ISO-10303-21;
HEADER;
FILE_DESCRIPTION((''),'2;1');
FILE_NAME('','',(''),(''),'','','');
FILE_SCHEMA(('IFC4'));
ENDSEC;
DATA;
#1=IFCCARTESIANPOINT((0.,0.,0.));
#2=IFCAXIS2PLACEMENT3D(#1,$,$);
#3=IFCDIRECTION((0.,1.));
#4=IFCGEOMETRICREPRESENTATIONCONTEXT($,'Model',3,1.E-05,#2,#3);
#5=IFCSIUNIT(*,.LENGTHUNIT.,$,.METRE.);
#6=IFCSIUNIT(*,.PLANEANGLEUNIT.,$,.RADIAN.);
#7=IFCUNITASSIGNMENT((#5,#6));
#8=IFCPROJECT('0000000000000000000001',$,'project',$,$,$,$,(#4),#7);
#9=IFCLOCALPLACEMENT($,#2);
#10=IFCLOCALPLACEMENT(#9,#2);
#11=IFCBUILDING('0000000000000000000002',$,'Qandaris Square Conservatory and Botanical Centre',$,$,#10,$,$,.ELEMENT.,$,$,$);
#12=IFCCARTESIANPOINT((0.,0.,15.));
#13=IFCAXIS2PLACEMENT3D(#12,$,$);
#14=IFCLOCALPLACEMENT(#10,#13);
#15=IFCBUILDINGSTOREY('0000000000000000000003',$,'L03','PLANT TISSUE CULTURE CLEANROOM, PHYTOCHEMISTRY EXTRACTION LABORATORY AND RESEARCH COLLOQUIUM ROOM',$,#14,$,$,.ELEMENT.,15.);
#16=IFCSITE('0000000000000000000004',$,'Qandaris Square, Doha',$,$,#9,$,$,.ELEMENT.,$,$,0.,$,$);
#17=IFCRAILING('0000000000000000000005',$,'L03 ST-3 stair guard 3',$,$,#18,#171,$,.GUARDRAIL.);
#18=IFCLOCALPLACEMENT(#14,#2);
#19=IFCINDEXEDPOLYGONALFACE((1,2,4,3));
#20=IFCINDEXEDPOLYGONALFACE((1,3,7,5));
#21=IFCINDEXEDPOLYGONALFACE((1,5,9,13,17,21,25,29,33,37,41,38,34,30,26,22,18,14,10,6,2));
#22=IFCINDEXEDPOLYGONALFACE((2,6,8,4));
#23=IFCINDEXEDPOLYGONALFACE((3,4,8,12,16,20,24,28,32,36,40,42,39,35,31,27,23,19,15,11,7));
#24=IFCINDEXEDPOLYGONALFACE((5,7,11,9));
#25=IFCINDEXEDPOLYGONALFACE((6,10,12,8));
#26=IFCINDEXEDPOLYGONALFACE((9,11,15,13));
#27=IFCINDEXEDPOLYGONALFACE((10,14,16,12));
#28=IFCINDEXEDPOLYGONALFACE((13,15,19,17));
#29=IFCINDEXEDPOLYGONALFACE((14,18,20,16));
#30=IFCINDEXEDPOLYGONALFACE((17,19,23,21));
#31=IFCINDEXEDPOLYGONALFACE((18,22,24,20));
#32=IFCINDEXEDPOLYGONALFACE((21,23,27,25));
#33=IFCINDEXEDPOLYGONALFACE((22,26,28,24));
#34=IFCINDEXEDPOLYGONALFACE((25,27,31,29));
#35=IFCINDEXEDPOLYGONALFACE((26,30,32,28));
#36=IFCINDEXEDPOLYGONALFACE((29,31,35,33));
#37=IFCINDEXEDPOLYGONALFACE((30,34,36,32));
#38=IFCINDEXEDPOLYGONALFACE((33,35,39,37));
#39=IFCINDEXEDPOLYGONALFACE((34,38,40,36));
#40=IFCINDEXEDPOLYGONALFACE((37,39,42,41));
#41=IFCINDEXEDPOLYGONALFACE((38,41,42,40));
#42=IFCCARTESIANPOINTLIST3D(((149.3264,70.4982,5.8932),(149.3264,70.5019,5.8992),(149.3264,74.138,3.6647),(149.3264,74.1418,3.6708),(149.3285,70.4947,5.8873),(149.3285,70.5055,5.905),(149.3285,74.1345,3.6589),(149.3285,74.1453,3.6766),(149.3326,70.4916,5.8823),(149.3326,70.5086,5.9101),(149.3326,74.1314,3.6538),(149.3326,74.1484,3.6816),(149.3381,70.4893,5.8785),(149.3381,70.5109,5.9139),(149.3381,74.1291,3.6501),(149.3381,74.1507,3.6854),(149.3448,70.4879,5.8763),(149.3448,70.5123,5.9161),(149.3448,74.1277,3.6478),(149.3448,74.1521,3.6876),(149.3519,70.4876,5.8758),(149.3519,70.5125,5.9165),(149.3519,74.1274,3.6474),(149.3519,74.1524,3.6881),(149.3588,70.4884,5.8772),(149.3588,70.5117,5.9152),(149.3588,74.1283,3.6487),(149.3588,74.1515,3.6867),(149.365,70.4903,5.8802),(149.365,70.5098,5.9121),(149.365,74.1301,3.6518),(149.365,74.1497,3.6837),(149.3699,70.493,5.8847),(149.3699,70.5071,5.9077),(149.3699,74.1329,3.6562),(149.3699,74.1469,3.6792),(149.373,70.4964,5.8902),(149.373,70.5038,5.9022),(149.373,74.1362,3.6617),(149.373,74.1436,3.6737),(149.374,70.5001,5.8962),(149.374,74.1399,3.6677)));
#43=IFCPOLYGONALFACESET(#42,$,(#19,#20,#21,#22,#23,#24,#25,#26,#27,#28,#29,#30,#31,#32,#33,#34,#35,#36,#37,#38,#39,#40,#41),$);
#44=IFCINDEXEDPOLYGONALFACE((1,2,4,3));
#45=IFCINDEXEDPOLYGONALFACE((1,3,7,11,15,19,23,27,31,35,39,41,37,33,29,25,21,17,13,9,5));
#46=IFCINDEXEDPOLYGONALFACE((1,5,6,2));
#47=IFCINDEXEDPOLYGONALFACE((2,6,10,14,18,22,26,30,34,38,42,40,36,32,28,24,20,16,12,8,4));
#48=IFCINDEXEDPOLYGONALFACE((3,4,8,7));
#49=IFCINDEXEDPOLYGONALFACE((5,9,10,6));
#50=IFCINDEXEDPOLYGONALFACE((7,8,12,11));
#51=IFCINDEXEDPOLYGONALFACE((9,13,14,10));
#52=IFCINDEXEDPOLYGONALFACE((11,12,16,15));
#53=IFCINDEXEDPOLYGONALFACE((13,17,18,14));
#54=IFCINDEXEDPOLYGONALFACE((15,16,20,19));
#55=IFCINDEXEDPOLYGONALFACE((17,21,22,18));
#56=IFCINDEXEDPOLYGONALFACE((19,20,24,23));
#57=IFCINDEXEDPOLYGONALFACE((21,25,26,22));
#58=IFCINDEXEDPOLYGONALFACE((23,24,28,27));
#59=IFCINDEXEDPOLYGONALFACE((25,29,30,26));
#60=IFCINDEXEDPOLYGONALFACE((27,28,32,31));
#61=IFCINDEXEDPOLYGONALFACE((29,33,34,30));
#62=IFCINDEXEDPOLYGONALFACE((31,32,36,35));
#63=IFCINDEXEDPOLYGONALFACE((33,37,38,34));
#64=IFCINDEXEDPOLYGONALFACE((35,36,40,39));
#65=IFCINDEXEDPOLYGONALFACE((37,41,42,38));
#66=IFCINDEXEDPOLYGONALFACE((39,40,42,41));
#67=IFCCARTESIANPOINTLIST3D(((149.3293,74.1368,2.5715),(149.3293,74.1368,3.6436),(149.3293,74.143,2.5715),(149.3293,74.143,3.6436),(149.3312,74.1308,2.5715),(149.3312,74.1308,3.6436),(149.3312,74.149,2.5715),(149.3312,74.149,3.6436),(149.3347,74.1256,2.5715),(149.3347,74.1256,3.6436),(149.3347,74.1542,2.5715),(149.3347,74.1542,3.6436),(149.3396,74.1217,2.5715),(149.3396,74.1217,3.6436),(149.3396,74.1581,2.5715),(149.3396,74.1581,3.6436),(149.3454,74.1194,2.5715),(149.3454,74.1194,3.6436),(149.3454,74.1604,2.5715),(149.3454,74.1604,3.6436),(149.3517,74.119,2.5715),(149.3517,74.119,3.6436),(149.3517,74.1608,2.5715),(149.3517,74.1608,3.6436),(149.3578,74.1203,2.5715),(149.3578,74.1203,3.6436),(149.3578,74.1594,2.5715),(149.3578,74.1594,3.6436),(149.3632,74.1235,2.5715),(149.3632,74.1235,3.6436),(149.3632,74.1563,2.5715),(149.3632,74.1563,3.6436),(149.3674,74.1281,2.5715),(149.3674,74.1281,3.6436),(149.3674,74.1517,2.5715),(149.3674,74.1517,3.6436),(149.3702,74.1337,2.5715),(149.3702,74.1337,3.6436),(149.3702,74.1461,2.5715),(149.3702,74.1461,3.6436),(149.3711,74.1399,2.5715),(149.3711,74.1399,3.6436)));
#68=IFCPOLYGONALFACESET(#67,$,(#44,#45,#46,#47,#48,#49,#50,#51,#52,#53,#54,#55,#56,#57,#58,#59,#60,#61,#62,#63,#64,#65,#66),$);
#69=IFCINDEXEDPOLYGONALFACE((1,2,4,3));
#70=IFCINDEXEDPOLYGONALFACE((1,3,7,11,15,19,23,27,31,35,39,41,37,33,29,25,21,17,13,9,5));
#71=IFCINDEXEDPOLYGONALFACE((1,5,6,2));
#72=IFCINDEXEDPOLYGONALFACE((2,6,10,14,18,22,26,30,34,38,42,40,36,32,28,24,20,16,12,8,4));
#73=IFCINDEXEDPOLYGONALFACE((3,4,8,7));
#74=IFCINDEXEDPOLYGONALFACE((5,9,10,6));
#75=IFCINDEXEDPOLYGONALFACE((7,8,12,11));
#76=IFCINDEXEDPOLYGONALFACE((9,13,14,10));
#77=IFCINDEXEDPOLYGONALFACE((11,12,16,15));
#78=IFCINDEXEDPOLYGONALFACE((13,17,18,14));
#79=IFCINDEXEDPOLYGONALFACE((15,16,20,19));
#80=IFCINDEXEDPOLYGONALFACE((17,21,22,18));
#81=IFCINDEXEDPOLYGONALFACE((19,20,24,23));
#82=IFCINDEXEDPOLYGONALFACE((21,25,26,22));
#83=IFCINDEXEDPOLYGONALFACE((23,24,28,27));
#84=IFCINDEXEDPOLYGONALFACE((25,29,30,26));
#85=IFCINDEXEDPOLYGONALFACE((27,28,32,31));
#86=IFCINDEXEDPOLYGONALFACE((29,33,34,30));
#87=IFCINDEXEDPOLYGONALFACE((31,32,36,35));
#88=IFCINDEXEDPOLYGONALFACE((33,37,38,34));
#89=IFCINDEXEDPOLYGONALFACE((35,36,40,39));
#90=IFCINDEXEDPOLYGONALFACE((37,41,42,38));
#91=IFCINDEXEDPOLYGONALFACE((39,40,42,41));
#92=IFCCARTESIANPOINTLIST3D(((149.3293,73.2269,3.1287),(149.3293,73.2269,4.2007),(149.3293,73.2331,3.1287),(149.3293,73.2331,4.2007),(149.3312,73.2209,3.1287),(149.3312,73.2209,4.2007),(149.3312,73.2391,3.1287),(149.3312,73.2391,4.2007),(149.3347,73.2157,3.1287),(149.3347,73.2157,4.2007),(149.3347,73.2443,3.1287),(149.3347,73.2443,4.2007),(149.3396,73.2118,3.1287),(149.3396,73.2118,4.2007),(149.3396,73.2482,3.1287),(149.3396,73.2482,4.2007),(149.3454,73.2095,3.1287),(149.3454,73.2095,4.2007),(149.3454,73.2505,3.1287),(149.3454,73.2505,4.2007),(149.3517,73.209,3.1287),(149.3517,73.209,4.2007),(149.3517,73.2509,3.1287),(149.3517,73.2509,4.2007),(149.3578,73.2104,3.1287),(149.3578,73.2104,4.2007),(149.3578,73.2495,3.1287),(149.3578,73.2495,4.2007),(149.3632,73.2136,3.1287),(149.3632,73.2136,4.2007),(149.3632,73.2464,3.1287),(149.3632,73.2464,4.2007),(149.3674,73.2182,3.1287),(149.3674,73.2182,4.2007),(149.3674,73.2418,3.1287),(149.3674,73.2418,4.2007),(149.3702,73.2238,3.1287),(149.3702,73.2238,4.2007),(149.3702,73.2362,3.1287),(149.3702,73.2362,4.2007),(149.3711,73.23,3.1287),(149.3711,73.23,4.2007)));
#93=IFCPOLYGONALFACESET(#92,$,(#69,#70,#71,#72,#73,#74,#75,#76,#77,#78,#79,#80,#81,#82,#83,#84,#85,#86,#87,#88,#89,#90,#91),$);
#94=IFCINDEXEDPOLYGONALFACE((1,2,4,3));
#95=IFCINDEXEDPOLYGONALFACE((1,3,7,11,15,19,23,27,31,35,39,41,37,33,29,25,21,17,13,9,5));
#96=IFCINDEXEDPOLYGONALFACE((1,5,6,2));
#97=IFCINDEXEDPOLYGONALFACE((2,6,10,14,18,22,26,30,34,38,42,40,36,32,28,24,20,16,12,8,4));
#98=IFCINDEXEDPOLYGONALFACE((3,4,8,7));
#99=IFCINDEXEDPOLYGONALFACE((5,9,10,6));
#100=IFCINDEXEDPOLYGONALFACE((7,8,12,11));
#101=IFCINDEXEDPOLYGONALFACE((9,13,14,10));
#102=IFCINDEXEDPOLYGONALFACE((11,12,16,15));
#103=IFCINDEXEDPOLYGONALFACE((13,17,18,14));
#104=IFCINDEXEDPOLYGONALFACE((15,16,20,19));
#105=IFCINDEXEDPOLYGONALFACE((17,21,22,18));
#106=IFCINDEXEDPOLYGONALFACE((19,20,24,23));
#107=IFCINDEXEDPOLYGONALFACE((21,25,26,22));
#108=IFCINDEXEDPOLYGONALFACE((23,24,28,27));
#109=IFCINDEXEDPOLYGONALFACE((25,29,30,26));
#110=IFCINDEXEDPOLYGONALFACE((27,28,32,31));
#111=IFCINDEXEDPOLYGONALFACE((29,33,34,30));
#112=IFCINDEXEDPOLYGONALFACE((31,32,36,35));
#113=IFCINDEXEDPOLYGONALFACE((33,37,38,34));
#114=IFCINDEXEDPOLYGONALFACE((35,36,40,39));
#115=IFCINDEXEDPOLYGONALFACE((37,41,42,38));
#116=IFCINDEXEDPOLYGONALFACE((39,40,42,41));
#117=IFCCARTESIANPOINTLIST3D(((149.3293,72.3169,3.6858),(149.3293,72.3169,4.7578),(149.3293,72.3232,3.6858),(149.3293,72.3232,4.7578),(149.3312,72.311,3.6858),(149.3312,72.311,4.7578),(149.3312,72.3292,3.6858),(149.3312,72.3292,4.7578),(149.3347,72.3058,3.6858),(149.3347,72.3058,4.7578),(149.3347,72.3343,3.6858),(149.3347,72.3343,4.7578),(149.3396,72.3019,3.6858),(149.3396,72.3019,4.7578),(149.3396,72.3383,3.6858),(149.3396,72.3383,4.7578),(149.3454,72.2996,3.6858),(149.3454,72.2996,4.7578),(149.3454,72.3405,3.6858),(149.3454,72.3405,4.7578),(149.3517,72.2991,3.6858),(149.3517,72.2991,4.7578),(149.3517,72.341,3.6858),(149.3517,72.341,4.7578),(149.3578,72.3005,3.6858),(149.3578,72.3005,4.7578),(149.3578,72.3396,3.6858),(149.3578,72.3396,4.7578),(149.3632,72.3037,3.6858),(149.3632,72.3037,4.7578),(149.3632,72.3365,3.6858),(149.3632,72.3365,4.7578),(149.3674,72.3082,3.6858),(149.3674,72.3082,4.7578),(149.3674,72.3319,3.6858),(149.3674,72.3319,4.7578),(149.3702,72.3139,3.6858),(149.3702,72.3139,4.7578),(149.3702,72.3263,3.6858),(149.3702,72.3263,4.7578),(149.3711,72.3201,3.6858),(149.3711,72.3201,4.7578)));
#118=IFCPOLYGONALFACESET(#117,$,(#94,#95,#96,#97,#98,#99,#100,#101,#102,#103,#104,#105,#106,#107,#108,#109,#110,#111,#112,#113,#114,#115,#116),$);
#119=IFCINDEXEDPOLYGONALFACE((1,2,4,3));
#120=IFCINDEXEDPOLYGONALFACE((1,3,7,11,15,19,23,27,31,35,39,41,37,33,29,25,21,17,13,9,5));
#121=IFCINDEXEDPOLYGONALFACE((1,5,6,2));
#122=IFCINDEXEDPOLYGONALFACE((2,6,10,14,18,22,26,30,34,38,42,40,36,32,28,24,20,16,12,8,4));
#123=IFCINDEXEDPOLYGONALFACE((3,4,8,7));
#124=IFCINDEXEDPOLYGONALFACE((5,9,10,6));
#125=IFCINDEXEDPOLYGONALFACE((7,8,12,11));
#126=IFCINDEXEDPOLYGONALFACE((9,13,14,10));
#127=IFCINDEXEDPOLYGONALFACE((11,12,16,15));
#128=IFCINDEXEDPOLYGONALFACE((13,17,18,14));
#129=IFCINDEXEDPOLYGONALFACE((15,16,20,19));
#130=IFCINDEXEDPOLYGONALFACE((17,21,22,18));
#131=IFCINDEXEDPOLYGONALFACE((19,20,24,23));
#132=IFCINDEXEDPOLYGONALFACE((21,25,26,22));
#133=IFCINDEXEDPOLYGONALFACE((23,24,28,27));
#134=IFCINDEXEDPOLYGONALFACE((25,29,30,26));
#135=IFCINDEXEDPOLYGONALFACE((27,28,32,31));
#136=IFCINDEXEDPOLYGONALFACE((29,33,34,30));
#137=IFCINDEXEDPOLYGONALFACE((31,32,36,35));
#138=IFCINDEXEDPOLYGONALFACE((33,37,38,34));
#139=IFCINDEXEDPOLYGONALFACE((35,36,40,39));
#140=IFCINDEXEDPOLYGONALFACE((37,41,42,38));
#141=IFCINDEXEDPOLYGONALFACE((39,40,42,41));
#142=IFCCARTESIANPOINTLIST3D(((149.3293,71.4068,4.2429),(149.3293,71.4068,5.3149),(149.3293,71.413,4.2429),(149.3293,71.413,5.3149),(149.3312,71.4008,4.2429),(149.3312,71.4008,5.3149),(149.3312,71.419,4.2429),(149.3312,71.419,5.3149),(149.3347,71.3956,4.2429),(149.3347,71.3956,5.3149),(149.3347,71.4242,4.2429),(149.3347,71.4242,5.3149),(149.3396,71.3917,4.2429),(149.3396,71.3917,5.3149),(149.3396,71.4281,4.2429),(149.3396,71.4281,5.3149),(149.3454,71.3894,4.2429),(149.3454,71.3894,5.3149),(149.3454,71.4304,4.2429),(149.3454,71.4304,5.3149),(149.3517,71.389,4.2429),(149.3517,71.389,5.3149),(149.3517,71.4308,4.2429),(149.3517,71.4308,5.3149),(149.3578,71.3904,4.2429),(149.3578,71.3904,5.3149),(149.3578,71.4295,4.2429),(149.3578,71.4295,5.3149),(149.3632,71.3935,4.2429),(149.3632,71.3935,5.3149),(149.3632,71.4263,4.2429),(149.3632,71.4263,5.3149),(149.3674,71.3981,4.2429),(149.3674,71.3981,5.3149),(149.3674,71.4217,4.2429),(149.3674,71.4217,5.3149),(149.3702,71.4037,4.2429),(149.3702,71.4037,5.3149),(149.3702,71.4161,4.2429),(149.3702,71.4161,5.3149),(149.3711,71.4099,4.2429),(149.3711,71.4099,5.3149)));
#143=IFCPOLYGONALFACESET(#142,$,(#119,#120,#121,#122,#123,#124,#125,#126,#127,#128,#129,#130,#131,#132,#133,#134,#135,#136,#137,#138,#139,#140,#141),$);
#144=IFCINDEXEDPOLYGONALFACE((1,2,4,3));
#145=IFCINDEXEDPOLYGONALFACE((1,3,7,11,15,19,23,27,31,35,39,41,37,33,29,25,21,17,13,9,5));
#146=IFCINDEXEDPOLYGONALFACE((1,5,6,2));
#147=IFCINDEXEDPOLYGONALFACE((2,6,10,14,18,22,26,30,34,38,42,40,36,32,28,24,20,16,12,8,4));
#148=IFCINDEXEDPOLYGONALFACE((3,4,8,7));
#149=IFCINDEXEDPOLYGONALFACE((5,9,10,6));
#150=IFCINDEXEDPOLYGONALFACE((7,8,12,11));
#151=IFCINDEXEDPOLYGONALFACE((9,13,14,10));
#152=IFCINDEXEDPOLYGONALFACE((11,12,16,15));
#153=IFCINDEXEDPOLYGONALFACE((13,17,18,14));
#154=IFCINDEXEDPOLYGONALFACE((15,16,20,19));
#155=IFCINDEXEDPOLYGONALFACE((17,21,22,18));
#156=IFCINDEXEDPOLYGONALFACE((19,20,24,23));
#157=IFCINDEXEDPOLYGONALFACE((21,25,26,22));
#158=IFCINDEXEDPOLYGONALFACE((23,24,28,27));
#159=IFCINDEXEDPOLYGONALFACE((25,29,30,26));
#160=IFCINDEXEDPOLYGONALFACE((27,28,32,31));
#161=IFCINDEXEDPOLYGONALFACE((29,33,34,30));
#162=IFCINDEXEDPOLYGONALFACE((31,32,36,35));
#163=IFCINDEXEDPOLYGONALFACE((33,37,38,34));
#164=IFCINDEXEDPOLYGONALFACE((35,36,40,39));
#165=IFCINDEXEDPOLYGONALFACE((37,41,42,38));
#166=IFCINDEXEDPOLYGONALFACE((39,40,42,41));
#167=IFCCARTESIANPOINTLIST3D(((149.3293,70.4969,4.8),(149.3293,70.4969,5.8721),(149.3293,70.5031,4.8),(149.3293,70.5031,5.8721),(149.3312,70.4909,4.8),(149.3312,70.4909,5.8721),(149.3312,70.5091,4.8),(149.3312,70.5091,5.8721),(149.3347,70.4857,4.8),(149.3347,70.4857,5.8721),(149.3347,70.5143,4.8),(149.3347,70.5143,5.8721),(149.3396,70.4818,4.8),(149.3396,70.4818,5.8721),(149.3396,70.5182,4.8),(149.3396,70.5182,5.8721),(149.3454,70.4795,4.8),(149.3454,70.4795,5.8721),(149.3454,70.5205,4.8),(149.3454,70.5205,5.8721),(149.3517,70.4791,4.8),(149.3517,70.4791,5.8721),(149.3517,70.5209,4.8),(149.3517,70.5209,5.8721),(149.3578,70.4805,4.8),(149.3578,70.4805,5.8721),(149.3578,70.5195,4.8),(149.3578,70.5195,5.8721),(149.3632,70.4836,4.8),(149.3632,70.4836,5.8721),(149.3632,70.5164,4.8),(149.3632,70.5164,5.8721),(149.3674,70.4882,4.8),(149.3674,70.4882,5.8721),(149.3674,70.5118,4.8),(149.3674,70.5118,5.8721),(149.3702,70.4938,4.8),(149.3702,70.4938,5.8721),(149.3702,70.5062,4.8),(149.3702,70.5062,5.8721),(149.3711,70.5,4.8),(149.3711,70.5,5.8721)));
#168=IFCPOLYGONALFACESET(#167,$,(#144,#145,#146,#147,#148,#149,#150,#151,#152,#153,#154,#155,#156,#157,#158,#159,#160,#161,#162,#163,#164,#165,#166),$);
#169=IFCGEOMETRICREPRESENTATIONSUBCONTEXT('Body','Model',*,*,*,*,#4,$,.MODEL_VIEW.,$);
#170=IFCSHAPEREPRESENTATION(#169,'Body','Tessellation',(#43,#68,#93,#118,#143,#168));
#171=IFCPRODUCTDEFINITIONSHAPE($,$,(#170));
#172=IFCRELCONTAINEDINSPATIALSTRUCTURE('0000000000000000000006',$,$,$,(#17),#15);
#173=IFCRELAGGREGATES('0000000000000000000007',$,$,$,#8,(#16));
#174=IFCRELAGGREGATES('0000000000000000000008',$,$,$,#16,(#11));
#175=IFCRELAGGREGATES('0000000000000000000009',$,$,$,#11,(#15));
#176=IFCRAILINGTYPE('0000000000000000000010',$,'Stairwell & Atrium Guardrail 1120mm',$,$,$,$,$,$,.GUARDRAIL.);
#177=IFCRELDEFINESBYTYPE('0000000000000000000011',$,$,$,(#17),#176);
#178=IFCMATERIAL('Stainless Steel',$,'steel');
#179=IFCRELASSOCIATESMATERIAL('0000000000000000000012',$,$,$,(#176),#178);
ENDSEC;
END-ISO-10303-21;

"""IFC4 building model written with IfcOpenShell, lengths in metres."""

from ifc_helpers import new_model, si_unit, direction, frame, origin, origin_2d, place, context, subcontext, project, spatial, circle, extrude, material, type_object, element, save


model = new_model("IFC4")

# Units and contexts
model_context = context("Model", 3, precision=1e-05, world=origin(), true_north=direction((0.0, 1.0)))
body_context = subcontext(model_context, "Body", "Model", "MODEL_VIEW")
ifc_project = project(units=[si_unit("LENGTHUNIT", "METRE"), si_unit("PLANEANGLEUNIT", "RADIAN")], contexts=[model_context])

# Site, building, storey
site_placement = place(None, origin())
site = spatial("IfcSite", under=ifc_project, at=site_placement, Name="Qandaris Square, Doha", CompositionType="ELEMENT", RefElevation=0.0)
building_placement = place(site_placement, origin())
building = spatial("IfcBuilding", under=site, at=building_placement, Name="Qandaris Square Conservatory and Botanical Centre", CompositionType="ELEMENT")
storey_placement = place(building_placement, frame((0.0, 0.0, 15.0)))
storey = spatial("IfcBuildingStorey", under=building, at=storey_placement, Name="L03", Description="PLANT TISSUE CULTURE CLEANROOM, PHYTOCHEMISTRY EXTRACTION LABORATORY AND RESEARCH COLLOQUIUM ROOM", CompositionType="ELEMENT", Elevation=15.0)

# Railing
ifc_material_1 = material(Name="Stainless Steel", Category="steel")
railing_type_1 = type_object("IfcRailingType", Name="Stairwell & Atrium Guardrail 1120mm", PredefinedType="GUARDRAIL", material=ifc_material_1)
railing_1_placement = place(storey_placement, frame((149.3501, 74.1399, 2.5715)))
element("IfcRailing", 1, at=railing_1_placement, inside=storey, type_object=railing_type_1, Name="L03 ST-3 stair guard 3", PredefinedType="GUARDRAIL", context=body_context, shape_type="SweptSolid", body=[
    extrude(circle(Radius=0.0239, at=origin_2d()), frame((0.0, 0.0, 1.0962), z_axis=(0.0, -0.85285, 0.522156), x_axis=(1.0, 0.0, 0.0)), (0.0, 0.0, 1.0), 4.2678),
    extrude(circle(Radius=0.021, at=origin_2d()), origin(), (0.0, 0.0, 1.0), 1.072),
    extrude(circle(Radius=0.021, at=origin_2d()), frame((0.0, -0.9099, 0.5571)), (0.0, 0.0, 1.0), 1.072),
    extrude(circle(Radius=0.021, at=origin_2d()), frame((0.0, -1.8198, 1.1143)), (0.0, 0.0, 1.0), 1.072),
    extrude(circle(Radius=0.021, at=origin_2d()), frame((0.0, -2.73, 1.6714)), (0.0, 0.0, 1.0), 1.072),
    extrude(circle(Radius=0.021, at=origin_2d()), frame((0.0, -3.6399, 2.2285)), (0.0, 0.0, 1.0), 1.072),
])

save(model, "model.ifc")
